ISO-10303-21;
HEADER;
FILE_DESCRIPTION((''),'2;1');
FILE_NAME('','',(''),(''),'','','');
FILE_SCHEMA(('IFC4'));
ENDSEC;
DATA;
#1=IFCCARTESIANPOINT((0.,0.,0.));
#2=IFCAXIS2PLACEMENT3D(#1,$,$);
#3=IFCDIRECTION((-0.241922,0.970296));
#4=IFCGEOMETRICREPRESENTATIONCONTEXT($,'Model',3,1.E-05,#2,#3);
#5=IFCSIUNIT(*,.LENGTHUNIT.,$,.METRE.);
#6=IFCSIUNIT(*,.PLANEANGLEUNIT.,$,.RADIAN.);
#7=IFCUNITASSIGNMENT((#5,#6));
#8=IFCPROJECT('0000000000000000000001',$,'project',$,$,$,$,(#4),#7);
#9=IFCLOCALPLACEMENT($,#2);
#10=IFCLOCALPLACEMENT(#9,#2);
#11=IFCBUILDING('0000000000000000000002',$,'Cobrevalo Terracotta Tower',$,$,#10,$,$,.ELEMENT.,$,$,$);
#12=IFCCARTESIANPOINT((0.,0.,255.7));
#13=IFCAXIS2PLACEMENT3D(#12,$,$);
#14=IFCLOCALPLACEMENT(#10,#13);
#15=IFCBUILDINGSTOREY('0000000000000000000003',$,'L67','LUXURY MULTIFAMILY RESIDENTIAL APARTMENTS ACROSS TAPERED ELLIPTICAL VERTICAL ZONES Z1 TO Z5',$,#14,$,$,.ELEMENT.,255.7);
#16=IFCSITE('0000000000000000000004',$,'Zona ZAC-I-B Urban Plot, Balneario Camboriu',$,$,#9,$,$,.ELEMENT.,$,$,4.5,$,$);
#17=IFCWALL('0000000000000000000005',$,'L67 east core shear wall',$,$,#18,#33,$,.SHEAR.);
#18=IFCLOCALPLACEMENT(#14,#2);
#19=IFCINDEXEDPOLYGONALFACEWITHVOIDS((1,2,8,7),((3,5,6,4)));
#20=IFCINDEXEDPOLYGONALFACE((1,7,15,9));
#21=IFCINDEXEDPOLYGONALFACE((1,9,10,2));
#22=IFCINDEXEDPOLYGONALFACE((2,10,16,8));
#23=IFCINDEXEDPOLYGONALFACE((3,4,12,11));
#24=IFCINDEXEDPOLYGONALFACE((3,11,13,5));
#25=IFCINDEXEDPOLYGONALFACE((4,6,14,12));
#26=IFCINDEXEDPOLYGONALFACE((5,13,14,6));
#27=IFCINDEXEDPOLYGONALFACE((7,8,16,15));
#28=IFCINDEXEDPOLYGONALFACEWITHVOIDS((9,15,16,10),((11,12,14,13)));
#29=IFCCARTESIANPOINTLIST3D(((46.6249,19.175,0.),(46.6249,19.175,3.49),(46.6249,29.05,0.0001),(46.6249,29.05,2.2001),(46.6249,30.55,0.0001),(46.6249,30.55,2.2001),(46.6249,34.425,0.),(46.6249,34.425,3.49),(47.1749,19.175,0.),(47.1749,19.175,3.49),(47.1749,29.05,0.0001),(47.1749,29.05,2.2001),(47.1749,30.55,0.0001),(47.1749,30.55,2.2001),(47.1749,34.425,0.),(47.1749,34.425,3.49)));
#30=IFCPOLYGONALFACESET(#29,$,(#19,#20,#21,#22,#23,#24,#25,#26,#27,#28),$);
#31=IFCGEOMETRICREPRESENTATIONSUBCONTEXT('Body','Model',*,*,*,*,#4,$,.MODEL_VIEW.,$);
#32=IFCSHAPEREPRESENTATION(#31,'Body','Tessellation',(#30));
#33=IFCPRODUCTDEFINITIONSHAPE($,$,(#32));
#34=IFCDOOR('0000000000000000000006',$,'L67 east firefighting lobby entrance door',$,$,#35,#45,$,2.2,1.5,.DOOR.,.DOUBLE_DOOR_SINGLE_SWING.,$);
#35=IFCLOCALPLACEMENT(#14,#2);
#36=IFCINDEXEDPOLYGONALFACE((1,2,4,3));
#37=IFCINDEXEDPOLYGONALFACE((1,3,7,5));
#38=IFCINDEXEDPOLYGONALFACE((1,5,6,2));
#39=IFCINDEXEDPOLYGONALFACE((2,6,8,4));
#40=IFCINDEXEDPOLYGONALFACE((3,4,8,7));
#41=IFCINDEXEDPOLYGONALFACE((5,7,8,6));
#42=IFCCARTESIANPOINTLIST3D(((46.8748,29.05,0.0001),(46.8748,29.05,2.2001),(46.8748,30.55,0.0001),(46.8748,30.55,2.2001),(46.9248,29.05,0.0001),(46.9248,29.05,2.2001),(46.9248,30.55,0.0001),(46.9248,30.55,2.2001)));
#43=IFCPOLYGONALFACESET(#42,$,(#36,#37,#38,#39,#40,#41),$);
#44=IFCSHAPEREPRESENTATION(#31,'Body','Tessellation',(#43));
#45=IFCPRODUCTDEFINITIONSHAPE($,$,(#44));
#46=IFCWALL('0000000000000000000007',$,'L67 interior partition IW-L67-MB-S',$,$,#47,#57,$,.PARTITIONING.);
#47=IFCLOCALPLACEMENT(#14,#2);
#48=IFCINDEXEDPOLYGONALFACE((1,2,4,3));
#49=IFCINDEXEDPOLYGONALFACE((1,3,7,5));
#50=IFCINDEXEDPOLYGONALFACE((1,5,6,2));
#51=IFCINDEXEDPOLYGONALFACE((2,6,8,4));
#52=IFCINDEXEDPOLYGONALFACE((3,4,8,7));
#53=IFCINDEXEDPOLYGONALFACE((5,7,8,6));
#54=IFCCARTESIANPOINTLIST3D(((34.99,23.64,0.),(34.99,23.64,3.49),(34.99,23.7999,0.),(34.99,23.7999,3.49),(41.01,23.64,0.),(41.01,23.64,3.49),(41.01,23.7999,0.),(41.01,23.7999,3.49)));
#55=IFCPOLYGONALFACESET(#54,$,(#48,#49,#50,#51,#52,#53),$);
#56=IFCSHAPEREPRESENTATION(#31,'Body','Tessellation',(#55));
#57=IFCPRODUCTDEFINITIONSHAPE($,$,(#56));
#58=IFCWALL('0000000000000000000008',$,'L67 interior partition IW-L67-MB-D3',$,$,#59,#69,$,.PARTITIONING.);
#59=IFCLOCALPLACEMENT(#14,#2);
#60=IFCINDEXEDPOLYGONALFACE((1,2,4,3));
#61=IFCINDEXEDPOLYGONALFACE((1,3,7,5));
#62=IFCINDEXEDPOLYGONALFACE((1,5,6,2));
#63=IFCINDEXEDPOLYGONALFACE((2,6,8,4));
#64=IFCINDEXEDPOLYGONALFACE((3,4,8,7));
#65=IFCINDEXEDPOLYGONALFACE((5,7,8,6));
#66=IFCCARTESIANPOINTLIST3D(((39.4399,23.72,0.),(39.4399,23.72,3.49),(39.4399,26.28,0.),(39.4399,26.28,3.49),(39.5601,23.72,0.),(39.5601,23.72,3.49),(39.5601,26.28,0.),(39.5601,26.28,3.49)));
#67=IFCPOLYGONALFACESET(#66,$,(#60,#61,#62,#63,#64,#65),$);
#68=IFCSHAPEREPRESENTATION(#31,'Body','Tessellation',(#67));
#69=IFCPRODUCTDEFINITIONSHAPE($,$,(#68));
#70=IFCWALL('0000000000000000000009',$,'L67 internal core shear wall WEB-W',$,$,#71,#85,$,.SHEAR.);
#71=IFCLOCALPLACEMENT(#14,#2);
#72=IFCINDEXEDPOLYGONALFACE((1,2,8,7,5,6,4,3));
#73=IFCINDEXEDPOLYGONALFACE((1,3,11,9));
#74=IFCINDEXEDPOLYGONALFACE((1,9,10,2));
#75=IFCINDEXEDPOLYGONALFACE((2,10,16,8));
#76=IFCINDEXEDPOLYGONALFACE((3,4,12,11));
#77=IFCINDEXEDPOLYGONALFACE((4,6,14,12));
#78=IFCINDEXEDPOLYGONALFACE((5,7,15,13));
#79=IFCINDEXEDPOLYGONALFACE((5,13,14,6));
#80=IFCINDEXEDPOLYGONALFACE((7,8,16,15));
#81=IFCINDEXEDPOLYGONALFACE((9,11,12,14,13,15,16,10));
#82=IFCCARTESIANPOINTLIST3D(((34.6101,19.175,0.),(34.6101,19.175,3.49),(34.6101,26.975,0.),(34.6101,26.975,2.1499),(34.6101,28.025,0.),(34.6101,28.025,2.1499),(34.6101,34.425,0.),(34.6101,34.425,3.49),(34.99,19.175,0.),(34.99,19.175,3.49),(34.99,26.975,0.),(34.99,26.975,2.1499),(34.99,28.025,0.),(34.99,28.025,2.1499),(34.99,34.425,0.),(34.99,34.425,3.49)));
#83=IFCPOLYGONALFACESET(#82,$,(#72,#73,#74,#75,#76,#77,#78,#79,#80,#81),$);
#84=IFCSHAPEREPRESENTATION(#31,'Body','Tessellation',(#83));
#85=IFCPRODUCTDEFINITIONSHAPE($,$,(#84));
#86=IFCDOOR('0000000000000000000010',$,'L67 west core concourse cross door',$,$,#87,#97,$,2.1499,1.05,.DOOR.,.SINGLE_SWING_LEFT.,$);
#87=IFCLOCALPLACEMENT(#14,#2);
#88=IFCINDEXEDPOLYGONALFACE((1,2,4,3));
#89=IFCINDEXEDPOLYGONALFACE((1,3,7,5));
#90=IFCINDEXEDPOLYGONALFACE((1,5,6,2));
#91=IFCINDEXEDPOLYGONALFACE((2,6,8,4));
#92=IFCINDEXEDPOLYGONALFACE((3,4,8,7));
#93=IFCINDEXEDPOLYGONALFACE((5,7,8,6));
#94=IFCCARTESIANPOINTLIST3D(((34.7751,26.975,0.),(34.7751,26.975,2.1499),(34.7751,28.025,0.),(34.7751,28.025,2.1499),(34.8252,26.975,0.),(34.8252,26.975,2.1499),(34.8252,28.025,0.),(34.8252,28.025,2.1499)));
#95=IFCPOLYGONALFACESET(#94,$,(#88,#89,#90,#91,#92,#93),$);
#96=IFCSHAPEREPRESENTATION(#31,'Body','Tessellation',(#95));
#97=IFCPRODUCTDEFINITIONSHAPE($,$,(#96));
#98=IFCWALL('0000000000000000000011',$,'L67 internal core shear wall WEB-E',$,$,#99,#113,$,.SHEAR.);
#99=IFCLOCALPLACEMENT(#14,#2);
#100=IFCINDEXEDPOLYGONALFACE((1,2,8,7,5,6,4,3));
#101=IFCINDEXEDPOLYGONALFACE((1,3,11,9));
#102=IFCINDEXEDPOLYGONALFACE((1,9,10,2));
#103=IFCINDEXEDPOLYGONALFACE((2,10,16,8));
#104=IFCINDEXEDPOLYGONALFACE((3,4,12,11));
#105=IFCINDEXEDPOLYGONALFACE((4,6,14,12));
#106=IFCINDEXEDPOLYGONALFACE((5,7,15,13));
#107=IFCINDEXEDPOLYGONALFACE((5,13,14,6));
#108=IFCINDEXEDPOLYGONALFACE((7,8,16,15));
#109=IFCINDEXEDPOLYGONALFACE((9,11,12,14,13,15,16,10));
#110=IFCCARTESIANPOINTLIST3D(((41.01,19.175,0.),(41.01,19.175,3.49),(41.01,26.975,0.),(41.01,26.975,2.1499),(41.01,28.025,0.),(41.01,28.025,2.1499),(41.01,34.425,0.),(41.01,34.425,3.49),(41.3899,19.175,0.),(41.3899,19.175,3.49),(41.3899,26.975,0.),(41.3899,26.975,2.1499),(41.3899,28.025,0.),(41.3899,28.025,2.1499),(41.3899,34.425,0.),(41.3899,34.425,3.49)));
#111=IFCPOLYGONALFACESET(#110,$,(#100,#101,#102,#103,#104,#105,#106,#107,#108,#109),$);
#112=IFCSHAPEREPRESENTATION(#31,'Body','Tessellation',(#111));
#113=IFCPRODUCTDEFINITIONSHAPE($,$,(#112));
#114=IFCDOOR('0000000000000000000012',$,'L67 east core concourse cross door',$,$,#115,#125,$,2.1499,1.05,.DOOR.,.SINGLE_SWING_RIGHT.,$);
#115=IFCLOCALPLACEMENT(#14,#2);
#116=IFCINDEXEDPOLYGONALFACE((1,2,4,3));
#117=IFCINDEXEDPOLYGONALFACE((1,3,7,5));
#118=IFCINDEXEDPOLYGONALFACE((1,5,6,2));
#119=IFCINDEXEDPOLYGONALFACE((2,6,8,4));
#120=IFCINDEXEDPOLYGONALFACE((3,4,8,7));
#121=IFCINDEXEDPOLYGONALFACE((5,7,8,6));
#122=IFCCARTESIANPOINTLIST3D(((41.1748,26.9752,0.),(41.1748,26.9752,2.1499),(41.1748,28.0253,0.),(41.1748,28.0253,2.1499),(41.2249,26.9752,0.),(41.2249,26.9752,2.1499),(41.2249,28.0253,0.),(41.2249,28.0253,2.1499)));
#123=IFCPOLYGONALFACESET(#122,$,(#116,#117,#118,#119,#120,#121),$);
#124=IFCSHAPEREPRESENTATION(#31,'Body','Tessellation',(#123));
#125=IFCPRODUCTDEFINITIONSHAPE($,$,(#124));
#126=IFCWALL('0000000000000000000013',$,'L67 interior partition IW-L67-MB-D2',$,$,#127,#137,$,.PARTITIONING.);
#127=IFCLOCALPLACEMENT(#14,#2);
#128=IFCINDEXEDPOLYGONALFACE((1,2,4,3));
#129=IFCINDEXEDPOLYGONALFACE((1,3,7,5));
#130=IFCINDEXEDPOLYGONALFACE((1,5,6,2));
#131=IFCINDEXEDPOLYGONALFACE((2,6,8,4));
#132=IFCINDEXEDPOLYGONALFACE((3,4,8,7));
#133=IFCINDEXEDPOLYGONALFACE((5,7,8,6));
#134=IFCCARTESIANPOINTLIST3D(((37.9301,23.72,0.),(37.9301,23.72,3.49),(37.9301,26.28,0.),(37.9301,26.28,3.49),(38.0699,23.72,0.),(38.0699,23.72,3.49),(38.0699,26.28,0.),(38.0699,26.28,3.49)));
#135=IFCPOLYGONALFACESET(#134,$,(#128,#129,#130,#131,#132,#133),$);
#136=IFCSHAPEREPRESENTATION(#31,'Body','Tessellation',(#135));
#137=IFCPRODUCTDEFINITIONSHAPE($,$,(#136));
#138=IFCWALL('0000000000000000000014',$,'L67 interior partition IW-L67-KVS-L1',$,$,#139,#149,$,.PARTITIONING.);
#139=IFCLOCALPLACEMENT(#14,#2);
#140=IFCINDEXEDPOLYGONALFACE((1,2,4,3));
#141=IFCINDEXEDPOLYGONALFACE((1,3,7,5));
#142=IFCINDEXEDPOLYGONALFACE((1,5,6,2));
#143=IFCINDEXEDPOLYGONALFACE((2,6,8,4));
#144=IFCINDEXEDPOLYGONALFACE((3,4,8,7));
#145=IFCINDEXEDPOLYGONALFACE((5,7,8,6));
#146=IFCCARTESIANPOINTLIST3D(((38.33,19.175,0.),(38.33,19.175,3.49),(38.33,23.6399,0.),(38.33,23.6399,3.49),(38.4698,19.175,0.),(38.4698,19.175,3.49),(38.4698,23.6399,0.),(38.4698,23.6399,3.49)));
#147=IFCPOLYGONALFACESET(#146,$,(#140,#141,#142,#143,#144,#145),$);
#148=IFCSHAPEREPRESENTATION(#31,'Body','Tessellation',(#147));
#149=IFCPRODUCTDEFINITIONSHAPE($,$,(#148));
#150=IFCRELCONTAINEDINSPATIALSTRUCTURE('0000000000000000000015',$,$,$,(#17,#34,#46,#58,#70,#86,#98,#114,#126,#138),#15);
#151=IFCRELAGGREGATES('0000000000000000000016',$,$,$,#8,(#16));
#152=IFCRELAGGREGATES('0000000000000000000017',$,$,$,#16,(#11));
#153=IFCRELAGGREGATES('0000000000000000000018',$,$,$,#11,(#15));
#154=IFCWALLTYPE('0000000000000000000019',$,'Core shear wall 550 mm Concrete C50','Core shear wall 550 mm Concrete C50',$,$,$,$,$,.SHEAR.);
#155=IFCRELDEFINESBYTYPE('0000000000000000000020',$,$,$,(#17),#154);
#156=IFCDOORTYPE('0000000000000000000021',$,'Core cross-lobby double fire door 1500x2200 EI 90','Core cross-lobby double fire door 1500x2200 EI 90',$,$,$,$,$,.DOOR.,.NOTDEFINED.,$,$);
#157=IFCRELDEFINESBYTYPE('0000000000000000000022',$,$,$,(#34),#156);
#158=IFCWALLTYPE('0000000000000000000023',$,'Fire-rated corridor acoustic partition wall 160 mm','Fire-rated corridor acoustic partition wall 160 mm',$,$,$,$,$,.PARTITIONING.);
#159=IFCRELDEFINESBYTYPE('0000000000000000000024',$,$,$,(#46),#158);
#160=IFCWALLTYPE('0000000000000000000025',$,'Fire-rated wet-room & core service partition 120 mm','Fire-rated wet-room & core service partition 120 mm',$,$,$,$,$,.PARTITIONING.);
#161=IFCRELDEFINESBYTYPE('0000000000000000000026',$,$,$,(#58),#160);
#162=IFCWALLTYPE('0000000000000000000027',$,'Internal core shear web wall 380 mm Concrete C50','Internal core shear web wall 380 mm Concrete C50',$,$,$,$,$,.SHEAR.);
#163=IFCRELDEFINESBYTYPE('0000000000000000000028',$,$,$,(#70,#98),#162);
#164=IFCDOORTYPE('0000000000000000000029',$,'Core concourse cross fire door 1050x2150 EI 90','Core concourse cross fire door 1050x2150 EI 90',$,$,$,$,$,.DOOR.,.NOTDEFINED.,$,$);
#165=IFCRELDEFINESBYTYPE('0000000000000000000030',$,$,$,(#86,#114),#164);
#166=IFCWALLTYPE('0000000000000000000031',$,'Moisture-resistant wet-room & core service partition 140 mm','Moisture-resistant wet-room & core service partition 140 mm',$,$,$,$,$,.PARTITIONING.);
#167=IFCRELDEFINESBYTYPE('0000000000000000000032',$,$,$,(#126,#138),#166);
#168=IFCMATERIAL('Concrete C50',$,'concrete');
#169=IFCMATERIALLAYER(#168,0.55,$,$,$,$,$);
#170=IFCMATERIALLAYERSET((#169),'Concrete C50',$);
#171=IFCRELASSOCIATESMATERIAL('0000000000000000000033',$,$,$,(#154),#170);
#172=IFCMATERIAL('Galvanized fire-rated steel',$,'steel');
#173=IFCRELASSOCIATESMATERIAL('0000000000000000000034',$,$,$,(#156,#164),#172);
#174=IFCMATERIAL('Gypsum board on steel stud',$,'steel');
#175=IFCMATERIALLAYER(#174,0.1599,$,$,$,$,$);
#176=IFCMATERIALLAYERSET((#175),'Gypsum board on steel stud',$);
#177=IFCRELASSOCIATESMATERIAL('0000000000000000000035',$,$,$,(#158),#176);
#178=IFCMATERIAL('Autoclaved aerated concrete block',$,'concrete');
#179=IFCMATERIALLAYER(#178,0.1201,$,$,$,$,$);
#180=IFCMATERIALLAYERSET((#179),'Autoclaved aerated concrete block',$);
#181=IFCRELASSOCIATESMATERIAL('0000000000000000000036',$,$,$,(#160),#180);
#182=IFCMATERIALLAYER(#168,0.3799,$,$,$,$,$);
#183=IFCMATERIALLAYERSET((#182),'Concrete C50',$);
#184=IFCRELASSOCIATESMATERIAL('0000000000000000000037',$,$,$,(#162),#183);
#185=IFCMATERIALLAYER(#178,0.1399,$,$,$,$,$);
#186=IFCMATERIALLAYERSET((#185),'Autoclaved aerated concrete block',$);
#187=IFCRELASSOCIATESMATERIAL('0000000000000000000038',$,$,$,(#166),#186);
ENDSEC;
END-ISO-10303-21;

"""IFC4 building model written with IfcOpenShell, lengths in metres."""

from ifc_helpers import new_model, si_unit, direction, frame, frame_2d, origin, place, context, subcontext, project, spatial, rectangle, extrude, source, transform, mapped, material, layer, layer_set, type_object, element, fill, save


model = new_model("IFC4")

# Units and contexts
model_context = context("Model", 3, precision=1e-05, world=origin(), true_north=direction((-0.241922, 0.970296)))
body_context = subcontext(model_context, "Body", "Model", "MODEL_VIEW")
ifc_project = project(units=[si_unit("LENGTHUNIT", "METRE"), si_unit("PLANEANGLEUNIT", "RADIAN")], contexts=[model_context])

# Site, building, storey
site_placement = place(None, origin())
site = spatial("IfcSite", under=ifc_project, at=site_placement, Name="Zona ZAC-I-B Urban Plot, Balneario Camboriu", CompositionType="ELEMENT", RefElevation=4.5)
building_placement = place(site_placement, origin())
building = spatial("IfcBuilding", under=site, at=building_placement, Name="Cobrevalo Terracotta Tower", CompositionType="ELEMENT")
storey_placement = place(building_placement, frame((0.0, 0.0, 255.7)))
storey = spatial("IfcBuildingStorey", under=building, at=storey_placement, Name="L67", Description="LUXURY MULTIFAMILY RESIDENTIAL APARTMENTS ACROSS TAPERED ELLIPTICAL VERTICAL ZONES Z1 TO Z5", CompositionType="ELEMENT", Elevation=255.7)

# Wall, opening, door
ifc_material_1 = material(Name="Concrete C50", Category="concrete")
ifc_layer_1 = layer(ifc_material_1, 0.55)
ifc_layer_set_1 = layer_set([ifc_layer_1], Name="Concrete C50")
wall_type_1 = type_object("IfcWallType", Name="Core shear wall 550 mm Concrete C50", Description="Core shear wall 550 mm Concrete C50", PredefinedType="SHEAR", material=ifc_layer_set_1)
wall_1_placement = place(storey_placement, frame((46.8999, 19.175, 0.0), z_axis=(0.0, 0.0, 1.0), x_axis=(0.0, 1.0, 0.0)))
wall_1 = element("IfcWall", 1, at=wall_1_placement, inside=storey, type_object=wall_type_1, Name="L67 east core shear wall", PredefinedType="SHEAR", context=body_context, shape_type="SweptSolid", body=[
    extrude(rectangle(XDim=15.25, YDim=0.55, at=frame_2d((7.625, 0.0))), origin(), (0.0, 0.0, 1.0), 3.49),
])
opening_1_placement = place(wall_1_placement, frame((9.875, 0.0, 0.0)))
opening_1 = element("IfcOpeningElement", 2, at=opening_1_placement, cuts=wall_1, PredefinedType="OPENING", context=body_context, shape_type="SweptSolid", body=[
    extrude(rectangle(XDim=1.5, YDim=2.2, at=frame_2d((0.75, 1.1001))), frame((0.0, 0.2852, 0.0), z_axis=(0.0, -1.0, 0.0), x_axis=(1.0, 0.0, 0.0)), (0.0, 0.0, 1.0), 0.5701),
])
ifc_material_2 = material(Name="Galvanized fire-rated steel", Category="steel")
door_type_1 = type_object("IfcDoorType", Name="Core cross-lobby double fire door 1500x2200 EI 90", Description="Core cross-lobby double fire door 1500x2200 EI 90", OperationType="NOTDEFINED", PredefinedType="DOOR", material=ifc_material_2)
shared_shape_1 = source(origin(), body_context, "Body", "SweptSolid", [
    extrude(rectangle(XDim=1.5, YDim=2.2, at=frame_2d((0.75, 1.1001))), frame((0.0, 0.0249, 0.0), z_axis=(0.0, -1.0, 0.0), x_axis=(1.0, 0.0, 0.0)), (0.0, 0.0, 1.0), 0.05),
])
door_1_placement = place(opening_1_placement, frame((1.5, 0.0, 0.0), z_axis=(0.0, 0.0, 1.0), x_axis=(-1.0, 0.0, 0.0)))
door_1 = element("IfcDoor", 3, at=door_1_placement, inside=storey, type_object=door_type_1, Name="L67 east firefighting lobby entrance door", OperationType="DOUBLE_DOOR_SINGLE_SWING", OverallHeight=2.2, OverallWidth=1.5, PredefinedType="DOOR", context=body_context, shape_type="MappedRepresentation", body=[
    mapped(shared_shape_1, transform((0.0, 0.0, 0.0), scale=1.0)),
])
fill(opening_1, door_1)

# Walls
ifc_material_3 = material(Name="Gypsum board on steel stud", Category="steel")
ifc_layer_2 = layer(ifc_material_3, 0.1599)
ifc_layer_set_2 = layer_set([ifc_layer_2], Name="Gypsum board on steel stud")
wall_type_2 = type_object("IfcWallType", Name="Fire-rated corridor acoustic partition wall 160 mm", Description="Fire-rated corridor acoustic partition wall 160 mm", PredefinedType="PARTITIONING", material=ifc_layer_set_2)
wall_2_placement = place(storey_placement, frame((34.99, 23.72, 0.0), z_axis=(0.0, 0.0, 1.0), x_axis=(1.0, 0.0, 0.0)))
element("IfcWall", 4, at=wall_2_placement, inside=storey, type_object=wall_type_2, Name="L67 interior partition IW-L67-MB-S", PredefinedType="PARTITIONING", context=body_context, shape_type="SweptSolid", body=[
    extrude(rectangle(XDim=6.02, YDim=0.1599, at=frame_2d((3.01, 0.0))), origin(), (0.0, 0.0, 1.0), 3.49),
])
ifc_material_4 = material(Name="Autoclaved aerated concrete block", Category="concrete")
ifc_layer_3 = layer(ifc_material_4, 0.1201)
ifc_layer_set_3 = layer_set([ifc_layer_3], Name="Autoclaved aerated concrete block")
wall_type_3 = type_object("IfcWallType", Name="Fire-rated wet-room & core service partition 120 mm", Description="Fire-rated wet-room & core service partition 120 mm", PredefinedType="PARTITIONING", material=ifc_layer_set_3)
wall_3_placement = place(storey_placement, frame((39.5, 23.72, 0.0), z_axis=(0.0, 0.0, 1.0), x_axis=(0.0, 1.0, 0.0)))
element("IfcWall", 5, at=wall_3_placement, inside=storey, type_object=wall_type_3, Name="L67 interior partition IW-L67-MB-D3", PredefinedType="PARTITIONING", context=body_context, shape_type="SweptSolid", body=[
    extrude(rectangle(XDim=2.5601, YDim=0.1201, at=frame_2d((1.28, 0.0))), origin(), (0.0, 0.0, 1.0), 3.49),
])

# Walls, openings, doors
ifc_layer_4 = layer(ifc_material_1, 0.3799)
ifc_layer_set_4 = layer_set([ifc_layer_4], Name="Concrete C50")
wall_type_4 = type_object("IfcWallType", Name="Internal core shear web wall 380 mm Concrete C50", Description="Internal core shear web wall 380 mm Concrete C50", PredefinedType="SHEAR", material=ifc_layer_set_4)
wall_4_placement = place(storey_placement, frame((34.8, 19.175, 0.0), z_axis=(0.0, 0.0, 1.0), x_axis=(0.0, 1.0, 0.0)))
wall_4 = element("IfcWall", 6, at=wall_4_placement, inside=storey, type_object=wall_type_4, Name="L67 internal core shear wall WEB-W", PredefinedType="SHEAR", context=body_context, shape_type="SweptSolid", body=[
    extrude(rectangle(XDim=15.25, YDim=0.3799, at=frame_2d((7.625, 0.0))), origin(), (0.0, 0.0, 1.0), 3.49),
])
opening_2_placement = place(wall_4_placement, frame((7.8, 0.0, 0.0)))
opening_2 = element("IfcOpeningElement", 7, at=opening_2_placement, cuts=wall_4, PredefinedType="OPENING", context=body_context, shape_type="SweptSolid", body=[
    extrude(rectangle(XDim=1.05, YDim=2.1499, at=frame_2d((0.5249, 1.075))), frame((0.0, 0.2, 0.0), z_axis=(0.0, -1.0, 0.0), x_axis=(1.0, 0.0, 0.0)), (0.0, 0.0, 1.0), 0.3999),
])
door_type_2 = type_object("IfcDoorType", Name="Core concourse cross fire door 1050x2150 EI 90", Description="Core concourse cross fire door 1050x2150 EI 90", OperationType="NOTDEFINED", PredefinedType="DOOR", material=ifc_material_2)
shared_shape_2 = source(origin(), body_context, "Body", "SweptSolid", [
    extrude(rectangle(XDim=1.05, YDim=2.1499, at=frame_2d((0.5249, 1.075))), frame((0.0, 0.0249, 0.0), z_axis=(0.0, -1.0, 0.0), x_axis=(1.0, 0.0, 0.0)), (0.0, 0.0, 1.0), 0.05),
])
door_2_placement = place(opening_2_placement, origin())
door_2 = element("IfcDoor", 8, at=door_2_placement, inside=storey, type_object=door_type_2, Name="L67 west core concourse cross door", OperationType="SINGLE_SWING_LEFT", OverallHeight=2.1499, OverallWidth=1.05, PredefinedType="DOOR", context=body_context, shape_type="MappedRepresentation", body=[
    mapped(shared_shape_2, transform((0.0, 0.0, 0.0), scale=1.0)),
])
fill(opening_2, door_2)
wall_5_placement = place(storey_placement, frame((41.2, 19.175, 0.0), z_axis=(0.0, 0.0, 1.0), x_axis=(0.0, 1.0, 0.0)))
wall_5 = element("IfcWall", 9, at=wall_5_placement, inside=storey, type_object=wall_type_4, Name="L67 internal core shear wall WEB-E", PredefinedType="SHEAR", context=body_context, shape_type="SweptSolid", body=[
    extrude(rectangle(XDim=15.25, YDim=0.3799, at=frame_2d((7.625, 0.0))), origin(), (0.0, 0.0, 1.0), 3.49),
])
opening_3_placement = place(wall_5_placement, frame((7.8, 0.0, 0.0)))
opening_3 = element("IfcOpeningElement", 10, at=opening_3_placement, cuts=wall_5, PredefinedType="OPENING", context=body_context, shape_type="SweptSolid", body=[
    extrude(rectangle(XDim=1.05, YDim=2.1499, at=frame_2d((0.5249, 1.075))), frame((0.0, 0.2, 0.0), z_axis=(0.0, -1.0, 0.0), x_axis=(1.0, 0.0, 0.0)), (0.0, 0.0, 1.0), 0.3999),
])
door_3_placement = place(opening_3_placement, frame((1.05, 0.0, 0.0), z_axis=(0.0, 0.0, 1.0), x_axis=(-1.0, 0.0, 0.0)))
door_3 = element("IfcDoor", 11, at=door_3_placement, inside=storey, type_object=door_type_2, Name="L67 east core concourse cross door", OperationType="SINGLE_SWING_RIGHT", OverallHeight=2.1499, OverallWidth=1.05, PredefinedType="DOOR", context=body_context, shape_type="MappedRepresentation", body=[
    mapped(shared_shape_2, transform((0.0, 0.0, 0.0), scale=1.0)),
])
fill(opening_3, door_3)

# Walls
ifc_layer_5 = layer(ifc_material_4, 0.1399)
ifc_layer_set_5 = layer_set([ifc_layer_5], Name="Autoclaved aerated concrete block")
wall_type_5 = type_object("IfcWallType", Name="Moisture-resistant wet-room & core service partition 140 mm", Description="Moisture-resistant wet-room & core service partition 140 mm", PredefinedType="PARTITIONING", material=ifc_layer_set_5)
wall_6_placement = place(storey_placement, frame((38.0, 23.72, 0.0), z_axis=(0.0, 0.0, 1.0), x_axis=(0.0, 1.0, 0.0)))
element("IfcWall", 12, at=wall_6_placement, inside=storey, type_object=wall_type_5, Name="L67 interior partition IW-L67-MB-D2", PredefinedType="PARTITIONING", context=body_context, shape_type="SweptSolid", body=[
    extrude(rectangle(XDim=2.5601, YDim=0.1399, at=frame_2d((1.28, 0.0))), origin(), (0.0, 0.0, 1.0), 3.49),
])
wall_7_placement = place(storey_placement, frame((38.3999, 19.175, 0.0), z_axis=(0.0, 0.0, 1.0), x_axis=(0.0, 1.0, 0.0)))
element("IfcWall", 13, at=wall_7_placement, inside=storey, type_object=wall_type_5, Name="L67 interior partition IW-L67-KVS-L1", PredefinedType="PARTITIONING", context=body_context, shape_type="SweptSolid", body=[
    extrude(rectangle(XDim=4.4648, YDim=0.1399, at=frame_2d((2.2324, 0.0))), origin(), (0.0, 0.0, 1.0), 3.49),
])

save(model, "model.ifc")
